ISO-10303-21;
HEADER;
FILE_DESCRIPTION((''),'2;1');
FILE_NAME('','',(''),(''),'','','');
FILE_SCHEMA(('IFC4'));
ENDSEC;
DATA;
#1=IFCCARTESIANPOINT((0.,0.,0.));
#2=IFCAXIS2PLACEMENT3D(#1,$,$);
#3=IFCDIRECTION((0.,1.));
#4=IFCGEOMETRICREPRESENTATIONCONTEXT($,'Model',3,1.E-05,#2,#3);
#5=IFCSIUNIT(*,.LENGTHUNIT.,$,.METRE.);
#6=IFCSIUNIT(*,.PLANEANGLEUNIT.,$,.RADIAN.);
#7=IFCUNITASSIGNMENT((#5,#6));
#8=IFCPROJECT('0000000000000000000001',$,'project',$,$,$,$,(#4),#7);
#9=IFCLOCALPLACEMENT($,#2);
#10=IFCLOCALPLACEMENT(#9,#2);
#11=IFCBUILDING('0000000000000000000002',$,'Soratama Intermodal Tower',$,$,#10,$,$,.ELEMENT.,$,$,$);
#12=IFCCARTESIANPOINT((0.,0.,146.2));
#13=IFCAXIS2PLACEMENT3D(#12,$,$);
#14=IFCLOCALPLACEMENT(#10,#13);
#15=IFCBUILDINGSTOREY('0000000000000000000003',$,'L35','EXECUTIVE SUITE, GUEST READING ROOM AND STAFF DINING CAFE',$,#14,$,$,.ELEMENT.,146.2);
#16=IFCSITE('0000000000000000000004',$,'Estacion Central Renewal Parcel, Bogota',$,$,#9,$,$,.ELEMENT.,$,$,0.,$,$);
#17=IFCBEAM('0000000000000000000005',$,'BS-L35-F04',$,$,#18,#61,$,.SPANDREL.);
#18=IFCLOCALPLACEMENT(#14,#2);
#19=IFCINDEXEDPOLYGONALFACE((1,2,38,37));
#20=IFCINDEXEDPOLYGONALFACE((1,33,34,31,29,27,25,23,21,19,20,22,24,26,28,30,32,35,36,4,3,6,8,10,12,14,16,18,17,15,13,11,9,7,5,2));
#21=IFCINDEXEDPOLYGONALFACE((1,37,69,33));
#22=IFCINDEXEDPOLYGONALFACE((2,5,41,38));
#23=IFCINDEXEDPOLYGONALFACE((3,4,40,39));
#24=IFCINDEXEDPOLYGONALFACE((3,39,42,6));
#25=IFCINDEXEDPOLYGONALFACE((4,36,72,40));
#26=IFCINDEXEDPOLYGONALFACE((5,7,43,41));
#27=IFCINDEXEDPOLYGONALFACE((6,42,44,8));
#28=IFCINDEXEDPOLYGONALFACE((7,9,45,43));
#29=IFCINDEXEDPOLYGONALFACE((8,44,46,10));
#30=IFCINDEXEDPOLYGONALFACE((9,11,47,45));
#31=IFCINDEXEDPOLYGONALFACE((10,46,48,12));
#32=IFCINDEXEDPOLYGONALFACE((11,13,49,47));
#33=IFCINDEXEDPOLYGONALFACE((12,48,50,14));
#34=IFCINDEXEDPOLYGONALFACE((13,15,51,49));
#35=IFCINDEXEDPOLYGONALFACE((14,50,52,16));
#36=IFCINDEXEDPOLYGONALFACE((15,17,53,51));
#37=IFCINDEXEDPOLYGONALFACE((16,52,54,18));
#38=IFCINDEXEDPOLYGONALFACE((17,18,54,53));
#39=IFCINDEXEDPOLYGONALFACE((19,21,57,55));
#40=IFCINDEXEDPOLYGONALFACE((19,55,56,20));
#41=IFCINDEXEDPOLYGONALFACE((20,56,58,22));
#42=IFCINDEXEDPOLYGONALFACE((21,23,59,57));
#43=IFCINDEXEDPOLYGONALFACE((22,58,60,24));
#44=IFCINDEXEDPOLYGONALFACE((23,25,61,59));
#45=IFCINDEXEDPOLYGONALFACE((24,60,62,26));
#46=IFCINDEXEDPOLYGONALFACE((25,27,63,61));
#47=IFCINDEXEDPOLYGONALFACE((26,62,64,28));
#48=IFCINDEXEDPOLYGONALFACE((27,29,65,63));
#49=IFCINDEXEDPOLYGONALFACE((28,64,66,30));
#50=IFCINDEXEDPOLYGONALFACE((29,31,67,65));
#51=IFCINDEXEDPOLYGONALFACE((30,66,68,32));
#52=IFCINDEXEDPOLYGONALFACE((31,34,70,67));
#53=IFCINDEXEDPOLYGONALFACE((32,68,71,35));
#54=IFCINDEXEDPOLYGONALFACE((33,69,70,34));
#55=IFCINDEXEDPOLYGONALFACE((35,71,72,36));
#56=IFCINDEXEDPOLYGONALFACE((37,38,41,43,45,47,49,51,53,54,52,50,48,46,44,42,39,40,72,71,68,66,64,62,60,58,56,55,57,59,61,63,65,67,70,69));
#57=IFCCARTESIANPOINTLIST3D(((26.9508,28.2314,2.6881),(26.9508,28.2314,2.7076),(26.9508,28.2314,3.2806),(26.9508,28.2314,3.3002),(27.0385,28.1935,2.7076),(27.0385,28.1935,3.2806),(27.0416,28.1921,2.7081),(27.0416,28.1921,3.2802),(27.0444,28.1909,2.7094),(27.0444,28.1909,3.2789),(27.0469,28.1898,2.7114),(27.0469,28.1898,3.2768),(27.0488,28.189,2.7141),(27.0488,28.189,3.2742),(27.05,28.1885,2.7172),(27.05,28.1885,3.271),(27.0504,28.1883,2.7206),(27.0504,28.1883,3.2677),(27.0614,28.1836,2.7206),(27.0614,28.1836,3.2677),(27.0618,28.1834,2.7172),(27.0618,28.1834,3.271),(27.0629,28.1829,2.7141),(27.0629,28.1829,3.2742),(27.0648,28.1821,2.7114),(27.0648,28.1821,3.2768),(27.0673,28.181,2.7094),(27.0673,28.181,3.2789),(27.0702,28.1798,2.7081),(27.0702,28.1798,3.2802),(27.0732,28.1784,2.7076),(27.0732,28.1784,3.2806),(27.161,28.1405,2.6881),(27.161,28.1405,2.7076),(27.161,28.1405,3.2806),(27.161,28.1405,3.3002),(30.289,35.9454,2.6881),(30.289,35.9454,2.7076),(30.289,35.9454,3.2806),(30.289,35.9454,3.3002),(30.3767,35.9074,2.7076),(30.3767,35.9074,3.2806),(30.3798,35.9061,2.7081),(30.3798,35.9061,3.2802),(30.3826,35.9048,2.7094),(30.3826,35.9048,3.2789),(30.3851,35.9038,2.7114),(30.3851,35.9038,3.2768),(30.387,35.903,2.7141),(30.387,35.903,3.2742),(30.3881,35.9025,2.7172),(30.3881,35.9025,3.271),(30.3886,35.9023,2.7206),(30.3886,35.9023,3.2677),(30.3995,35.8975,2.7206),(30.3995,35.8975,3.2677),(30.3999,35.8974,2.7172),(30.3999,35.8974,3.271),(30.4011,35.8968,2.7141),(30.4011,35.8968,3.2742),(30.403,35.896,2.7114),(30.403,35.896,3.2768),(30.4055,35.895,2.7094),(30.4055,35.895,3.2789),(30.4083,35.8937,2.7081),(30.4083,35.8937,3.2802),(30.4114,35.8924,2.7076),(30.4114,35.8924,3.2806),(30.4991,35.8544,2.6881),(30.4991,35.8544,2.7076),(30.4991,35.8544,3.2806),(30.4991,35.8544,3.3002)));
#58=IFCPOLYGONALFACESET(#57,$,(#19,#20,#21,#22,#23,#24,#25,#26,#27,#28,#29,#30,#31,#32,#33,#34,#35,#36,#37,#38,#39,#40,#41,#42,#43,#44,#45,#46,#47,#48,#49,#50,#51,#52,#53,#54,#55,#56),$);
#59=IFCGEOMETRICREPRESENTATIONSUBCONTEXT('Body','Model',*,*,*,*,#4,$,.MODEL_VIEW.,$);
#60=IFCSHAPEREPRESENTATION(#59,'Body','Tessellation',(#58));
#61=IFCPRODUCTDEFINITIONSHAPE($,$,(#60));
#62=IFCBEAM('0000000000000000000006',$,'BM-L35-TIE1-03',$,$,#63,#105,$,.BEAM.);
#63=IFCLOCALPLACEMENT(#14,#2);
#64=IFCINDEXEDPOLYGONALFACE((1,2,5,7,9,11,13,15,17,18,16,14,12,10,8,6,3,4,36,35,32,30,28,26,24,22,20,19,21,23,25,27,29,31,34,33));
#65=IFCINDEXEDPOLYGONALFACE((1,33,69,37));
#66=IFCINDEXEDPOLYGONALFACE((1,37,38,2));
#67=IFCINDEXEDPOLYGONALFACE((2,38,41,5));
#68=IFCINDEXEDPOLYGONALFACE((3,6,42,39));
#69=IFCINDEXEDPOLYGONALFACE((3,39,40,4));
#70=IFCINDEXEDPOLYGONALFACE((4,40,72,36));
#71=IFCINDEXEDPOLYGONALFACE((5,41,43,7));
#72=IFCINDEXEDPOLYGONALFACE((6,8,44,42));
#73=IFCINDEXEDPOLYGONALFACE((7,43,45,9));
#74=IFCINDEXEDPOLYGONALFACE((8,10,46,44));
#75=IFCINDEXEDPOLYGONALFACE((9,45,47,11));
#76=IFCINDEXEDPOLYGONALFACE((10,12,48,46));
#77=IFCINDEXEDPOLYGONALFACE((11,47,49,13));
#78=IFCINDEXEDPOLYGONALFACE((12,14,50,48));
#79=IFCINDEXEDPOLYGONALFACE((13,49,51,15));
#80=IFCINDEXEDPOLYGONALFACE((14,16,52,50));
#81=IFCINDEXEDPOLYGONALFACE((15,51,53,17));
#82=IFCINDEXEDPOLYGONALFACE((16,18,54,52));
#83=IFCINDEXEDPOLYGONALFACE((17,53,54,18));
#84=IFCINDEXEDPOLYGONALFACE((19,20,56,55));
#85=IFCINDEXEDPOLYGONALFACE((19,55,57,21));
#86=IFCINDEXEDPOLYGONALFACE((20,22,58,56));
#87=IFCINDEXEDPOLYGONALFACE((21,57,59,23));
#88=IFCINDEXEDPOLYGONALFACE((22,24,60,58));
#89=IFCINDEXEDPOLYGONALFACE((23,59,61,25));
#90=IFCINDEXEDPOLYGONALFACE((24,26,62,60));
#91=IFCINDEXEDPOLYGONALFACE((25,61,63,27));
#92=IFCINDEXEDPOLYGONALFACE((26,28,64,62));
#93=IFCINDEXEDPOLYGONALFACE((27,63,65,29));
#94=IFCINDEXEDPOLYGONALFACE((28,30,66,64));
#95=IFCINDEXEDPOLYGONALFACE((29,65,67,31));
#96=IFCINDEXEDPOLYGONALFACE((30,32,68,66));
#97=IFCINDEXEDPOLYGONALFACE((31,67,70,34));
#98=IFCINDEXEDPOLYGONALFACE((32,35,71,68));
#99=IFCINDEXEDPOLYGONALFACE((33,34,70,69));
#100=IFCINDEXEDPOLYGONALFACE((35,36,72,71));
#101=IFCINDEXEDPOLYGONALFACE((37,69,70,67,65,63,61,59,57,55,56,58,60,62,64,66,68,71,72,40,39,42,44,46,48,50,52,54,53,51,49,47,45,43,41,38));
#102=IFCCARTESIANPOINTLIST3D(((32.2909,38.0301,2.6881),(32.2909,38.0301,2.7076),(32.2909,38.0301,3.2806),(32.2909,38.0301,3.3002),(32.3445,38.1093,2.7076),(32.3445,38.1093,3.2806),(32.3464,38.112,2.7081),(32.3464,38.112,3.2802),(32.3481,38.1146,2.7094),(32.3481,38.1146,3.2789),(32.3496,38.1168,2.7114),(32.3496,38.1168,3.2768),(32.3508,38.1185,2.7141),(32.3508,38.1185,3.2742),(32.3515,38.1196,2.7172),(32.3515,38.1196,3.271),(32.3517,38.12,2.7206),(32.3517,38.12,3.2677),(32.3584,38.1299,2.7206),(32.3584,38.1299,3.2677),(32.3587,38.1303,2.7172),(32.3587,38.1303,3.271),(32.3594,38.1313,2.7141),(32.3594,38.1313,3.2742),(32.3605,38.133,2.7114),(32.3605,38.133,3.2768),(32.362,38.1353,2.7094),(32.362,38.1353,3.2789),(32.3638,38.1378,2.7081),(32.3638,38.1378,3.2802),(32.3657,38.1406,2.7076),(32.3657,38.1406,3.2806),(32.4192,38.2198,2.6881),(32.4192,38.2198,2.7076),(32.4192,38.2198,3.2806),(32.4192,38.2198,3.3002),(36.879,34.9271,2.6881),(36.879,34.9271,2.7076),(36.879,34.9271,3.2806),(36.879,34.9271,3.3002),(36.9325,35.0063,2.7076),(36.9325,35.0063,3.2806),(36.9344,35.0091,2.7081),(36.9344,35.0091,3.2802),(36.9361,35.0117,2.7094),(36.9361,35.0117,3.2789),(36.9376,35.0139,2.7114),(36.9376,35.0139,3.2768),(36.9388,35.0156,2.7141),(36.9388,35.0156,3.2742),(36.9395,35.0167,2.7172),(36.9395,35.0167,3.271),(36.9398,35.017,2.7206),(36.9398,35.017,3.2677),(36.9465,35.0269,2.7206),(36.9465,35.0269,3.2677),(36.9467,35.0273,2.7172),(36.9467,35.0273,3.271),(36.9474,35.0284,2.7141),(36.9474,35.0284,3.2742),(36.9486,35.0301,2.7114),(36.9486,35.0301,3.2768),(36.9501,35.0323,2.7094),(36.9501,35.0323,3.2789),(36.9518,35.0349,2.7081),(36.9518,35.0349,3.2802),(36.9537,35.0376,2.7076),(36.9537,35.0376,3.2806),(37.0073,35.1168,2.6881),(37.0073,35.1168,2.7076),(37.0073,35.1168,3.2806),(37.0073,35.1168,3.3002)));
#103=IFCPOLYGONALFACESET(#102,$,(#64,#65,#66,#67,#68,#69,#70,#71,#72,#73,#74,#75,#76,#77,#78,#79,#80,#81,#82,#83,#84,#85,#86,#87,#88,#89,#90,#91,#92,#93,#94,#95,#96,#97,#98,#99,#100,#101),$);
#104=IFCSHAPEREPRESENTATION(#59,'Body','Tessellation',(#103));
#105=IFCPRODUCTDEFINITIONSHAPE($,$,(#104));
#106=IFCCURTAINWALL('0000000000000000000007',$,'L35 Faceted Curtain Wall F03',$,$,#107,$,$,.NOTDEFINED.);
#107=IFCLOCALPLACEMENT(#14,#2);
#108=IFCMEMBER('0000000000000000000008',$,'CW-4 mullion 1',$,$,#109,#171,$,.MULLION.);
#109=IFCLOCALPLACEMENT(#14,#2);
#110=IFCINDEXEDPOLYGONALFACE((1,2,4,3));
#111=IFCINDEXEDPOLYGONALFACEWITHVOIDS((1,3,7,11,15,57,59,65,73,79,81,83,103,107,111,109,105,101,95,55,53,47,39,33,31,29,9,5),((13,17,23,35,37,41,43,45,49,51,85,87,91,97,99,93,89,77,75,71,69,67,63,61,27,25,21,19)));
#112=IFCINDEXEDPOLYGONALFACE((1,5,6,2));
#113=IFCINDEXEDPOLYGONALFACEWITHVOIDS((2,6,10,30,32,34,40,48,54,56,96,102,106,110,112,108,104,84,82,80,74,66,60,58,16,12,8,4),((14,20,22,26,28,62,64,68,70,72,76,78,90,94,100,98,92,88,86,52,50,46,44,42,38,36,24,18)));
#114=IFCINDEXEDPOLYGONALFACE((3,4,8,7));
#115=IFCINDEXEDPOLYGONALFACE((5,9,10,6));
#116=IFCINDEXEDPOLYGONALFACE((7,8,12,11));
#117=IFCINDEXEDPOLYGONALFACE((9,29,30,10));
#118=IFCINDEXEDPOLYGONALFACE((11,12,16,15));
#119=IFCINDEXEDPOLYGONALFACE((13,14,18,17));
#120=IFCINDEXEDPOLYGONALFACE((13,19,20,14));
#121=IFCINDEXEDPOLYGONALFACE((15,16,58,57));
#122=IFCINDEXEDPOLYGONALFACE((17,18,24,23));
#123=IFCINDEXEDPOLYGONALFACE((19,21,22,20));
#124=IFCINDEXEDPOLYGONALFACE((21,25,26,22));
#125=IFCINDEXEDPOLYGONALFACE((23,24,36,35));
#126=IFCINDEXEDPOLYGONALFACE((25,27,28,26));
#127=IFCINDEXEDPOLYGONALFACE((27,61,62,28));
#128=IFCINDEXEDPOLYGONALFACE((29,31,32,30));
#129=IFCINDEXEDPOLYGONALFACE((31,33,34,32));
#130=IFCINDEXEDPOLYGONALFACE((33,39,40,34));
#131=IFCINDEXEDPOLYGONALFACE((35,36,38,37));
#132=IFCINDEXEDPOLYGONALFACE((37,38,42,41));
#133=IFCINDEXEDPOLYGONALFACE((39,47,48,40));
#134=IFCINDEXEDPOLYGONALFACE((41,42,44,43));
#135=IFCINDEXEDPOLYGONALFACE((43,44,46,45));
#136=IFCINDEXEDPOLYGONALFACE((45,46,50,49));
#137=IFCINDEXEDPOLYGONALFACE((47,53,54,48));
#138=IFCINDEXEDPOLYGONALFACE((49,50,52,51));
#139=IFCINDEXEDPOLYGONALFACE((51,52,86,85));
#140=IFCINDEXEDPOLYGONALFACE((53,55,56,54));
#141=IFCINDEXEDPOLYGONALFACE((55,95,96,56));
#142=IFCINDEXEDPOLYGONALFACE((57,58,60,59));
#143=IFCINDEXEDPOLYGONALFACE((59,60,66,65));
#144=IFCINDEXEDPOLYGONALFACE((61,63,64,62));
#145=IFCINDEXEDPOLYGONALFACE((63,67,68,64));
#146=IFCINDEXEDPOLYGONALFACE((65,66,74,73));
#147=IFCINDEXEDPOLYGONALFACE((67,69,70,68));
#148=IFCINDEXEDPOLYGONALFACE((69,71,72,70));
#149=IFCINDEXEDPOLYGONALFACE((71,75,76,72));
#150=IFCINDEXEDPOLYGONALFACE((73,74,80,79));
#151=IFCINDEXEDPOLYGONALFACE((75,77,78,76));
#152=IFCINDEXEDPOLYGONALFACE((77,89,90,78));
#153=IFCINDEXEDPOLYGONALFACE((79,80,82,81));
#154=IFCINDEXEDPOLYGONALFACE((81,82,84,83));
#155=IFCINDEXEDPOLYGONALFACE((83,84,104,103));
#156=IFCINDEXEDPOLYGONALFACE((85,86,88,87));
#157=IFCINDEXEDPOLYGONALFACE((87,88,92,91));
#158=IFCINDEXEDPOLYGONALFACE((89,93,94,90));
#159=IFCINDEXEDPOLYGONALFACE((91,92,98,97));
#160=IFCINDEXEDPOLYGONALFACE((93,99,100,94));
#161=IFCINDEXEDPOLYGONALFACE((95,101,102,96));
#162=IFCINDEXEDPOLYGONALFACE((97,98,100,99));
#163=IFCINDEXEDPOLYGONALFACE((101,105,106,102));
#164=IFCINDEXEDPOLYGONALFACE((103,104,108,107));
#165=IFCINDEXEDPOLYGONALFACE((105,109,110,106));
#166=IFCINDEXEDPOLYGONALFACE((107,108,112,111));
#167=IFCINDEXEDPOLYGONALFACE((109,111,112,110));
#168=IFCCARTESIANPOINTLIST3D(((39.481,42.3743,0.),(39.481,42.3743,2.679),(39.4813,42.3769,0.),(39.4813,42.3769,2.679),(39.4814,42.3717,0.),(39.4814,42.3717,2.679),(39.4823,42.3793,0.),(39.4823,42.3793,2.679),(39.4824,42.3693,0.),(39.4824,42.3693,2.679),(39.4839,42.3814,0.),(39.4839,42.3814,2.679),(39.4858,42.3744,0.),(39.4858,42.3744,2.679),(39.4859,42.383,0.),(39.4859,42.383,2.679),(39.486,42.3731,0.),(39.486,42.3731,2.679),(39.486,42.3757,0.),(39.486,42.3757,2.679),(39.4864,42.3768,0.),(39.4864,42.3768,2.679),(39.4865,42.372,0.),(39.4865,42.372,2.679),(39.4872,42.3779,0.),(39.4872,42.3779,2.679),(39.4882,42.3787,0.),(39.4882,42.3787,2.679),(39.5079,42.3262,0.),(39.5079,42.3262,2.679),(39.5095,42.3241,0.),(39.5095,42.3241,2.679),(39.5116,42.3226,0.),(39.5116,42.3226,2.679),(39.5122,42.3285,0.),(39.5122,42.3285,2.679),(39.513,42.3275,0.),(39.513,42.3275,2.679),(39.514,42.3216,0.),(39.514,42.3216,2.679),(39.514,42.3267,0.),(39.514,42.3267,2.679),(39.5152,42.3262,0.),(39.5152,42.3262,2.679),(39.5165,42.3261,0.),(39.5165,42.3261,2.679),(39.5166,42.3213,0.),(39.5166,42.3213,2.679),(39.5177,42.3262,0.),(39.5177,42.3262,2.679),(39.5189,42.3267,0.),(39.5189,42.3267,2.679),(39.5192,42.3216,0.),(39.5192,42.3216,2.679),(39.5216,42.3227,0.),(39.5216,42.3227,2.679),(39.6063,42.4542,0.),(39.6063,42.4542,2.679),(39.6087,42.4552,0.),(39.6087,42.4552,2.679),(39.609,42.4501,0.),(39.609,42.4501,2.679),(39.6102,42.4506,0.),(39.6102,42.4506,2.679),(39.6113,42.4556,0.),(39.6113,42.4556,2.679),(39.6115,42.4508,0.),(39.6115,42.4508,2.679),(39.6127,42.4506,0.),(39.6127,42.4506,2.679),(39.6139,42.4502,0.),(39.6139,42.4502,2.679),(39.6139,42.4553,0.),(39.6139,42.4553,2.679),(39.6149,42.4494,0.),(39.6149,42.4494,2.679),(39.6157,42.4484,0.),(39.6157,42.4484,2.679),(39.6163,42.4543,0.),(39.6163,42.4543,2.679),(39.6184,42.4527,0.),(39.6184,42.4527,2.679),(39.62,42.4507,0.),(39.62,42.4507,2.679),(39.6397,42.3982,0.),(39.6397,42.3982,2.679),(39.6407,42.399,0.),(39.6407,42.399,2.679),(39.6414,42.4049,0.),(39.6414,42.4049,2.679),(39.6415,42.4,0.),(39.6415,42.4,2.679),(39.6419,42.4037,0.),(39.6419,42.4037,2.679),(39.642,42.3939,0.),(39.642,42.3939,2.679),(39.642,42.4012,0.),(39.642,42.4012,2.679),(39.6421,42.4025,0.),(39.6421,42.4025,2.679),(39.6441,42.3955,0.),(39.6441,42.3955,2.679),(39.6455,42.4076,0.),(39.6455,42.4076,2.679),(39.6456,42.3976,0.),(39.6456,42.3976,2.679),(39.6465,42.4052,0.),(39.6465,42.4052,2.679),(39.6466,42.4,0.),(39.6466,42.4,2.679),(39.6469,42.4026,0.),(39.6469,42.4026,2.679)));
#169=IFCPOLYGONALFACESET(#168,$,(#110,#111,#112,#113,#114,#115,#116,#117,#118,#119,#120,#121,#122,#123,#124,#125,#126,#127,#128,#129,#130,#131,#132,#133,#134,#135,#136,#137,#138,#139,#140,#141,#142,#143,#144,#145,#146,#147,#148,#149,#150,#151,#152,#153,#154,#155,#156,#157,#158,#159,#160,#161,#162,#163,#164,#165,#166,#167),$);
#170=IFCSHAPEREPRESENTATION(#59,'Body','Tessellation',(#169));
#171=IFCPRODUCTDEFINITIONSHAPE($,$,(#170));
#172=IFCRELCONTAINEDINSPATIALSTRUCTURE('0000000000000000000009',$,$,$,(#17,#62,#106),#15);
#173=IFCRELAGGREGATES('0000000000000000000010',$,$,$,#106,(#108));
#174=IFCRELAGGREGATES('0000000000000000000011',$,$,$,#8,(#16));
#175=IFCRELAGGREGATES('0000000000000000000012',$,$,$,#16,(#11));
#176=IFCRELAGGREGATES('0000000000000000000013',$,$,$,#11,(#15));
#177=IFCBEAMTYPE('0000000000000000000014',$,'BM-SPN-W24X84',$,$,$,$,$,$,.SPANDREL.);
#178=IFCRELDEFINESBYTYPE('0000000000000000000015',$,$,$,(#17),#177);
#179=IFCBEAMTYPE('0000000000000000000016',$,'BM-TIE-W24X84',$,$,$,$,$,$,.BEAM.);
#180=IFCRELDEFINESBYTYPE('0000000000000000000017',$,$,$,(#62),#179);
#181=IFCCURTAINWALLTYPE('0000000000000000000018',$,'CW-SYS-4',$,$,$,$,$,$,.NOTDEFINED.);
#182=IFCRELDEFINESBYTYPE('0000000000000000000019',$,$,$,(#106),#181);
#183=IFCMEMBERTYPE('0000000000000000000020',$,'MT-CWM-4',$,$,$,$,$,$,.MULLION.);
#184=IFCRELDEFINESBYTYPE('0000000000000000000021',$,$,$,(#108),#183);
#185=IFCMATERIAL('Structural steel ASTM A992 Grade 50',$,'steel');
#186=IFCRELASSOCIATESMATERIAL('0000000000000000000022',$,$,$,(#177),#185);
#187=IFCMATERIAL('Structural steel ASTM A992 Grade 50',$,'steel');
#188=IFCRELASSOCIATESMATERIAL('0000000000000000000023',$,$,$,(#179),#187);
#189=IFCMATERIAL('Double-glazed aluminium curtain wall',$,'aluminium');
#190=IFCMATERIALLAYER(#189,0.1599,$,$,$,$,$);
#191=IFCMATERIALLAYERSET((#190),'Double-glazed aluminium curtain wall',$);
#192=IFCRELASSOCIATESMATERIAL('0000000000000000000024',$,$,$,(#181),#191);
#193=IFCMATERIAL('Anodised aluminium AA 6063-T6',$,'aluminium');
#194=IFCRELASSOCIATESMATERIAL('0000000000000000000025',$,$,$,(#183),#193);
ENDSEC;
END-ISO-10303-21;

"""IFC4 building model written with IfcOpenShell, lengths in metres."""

from ifc_helpers import new_model, si_unit, direction, frame, origin, origin_2d, place, context, subcontext, project, spatial, hollow_rectangle, i_section, extrude, material, layer, layer_set, material_profile, profile_set, type_object, element, aggregate, save


model = new_model("IFC4")

# Units and contexts
model_context = context("Model", 3, precision=1e-05, world=origin(), true_north=direction((0.0, 1.0)))
body_context = subcontext(model_context, "Body", "Model", "MODEL_VIEW")
ifc_project = project(units=[si_unit("LENGTHUNIT", "METRE"), si_unit("PLANEANGLEUNIT", "RADIAN")], contexts=[model_context])

# Site, building, storey
site_placement = place(None, origin())
site = spatial("IfcSite", under=ifc_project, at=site_placement, Name="Estacion Central Renewal Parcel, Bogota", CompositionType="ELEMENT", RefElevation=0.0)
building_placement = place(site_placement, origin())
building = spatial("IfcBuilding", under=site, at=building_placement, Name="Soratama Intermodal Tower", CompositionType="ELEMENT")
storey_placement = place(building_placement, frame((0.0, 0.0, 146.2)))
storey = spatial("IfcBuildingStorey", under=building, at=storey_placement, Name="L35", Description="EXECUTIVE SUITE, GUEST READING ROOM AND STAFF DINING CAFE", CompositionType="ELEMENT", Elevation=146.2)

# Beams
ifc_material_1 = material(Name="Structural steel ASTM A992 Grade 50", Category="steel")
ifc_material_profile_1 = material_profile(ifc_material_1, i_section(OverallWidth=0.229, OverallDepth=0.6121, WebThickness=0.012, FlangeThickness=0.0195, FilletRadius=0.0129, at=origin_2d()), Name="W24X84")
ifc_profile_set_1 = profile_set([ifc_material_profile_1], Name="Structural steel ASTM A992 Grade 50")
beam_type_1 = type_object("IfcBeamType", Name="BM-SPN-W24X84", PredefinedType="SPANDREL", material=ifc_profile_set_1)
beam_1_placement = place(storey_placement, frame((30.394, 35.8999, 2.9941), z_axis=(-0.397153, -0.917753, 0.0), x_axis=(0.917753, -0.397153, 0.0)))
element("IfcBeam", 1, at=beam_1_placement, inside=storey, type_object=beam_type_1, Name="BS-L35-F04", PredefinedType="SPANDREL", context=body_context, shape_type="SweptSolid", body=[
    extrude(i_section(OverallWidth=0.229, OverallDepth=0.6121, WebThickness=0.012, FlangeThickness=0.0195, FilletRadius=0.0129, at=origin_2d()), origin(), (0.0, 0.0, 1.0), 8.4053),
])
ifc_material_2 = material(Name="Structural steel ASTM A992 Grade 50", Category="steel")
ifc_material_profile_2 = material_profile(ifc_material_2, i_section(OverallWidth=0.229, OverallDepth=0.6121, WebThickness=0.012, FlangeThickness=0.0195, FilletRadius=0.0129, at=origin_2d()), Name="W24X84")
ifc_profile_set_2 = profile_set([ifc_material_profile_2], Name="Structural steel ASTM A992 Grade 50")
beam_type_2 = type_object("IfcBeamType", Name="BM-TIE-W24X84", PredefinedType="BEAM", material=ifc_profile_set_2)
beam_2_placement = place(storey_placement, frame((36.9431, 35.022, 2.9941), z_axis=(-0.828343, 0.560221, 0.0), x_axis=(-0.560221, -0.828343, 0.0)))
element("IfcBeam", 2, at=beam_2_placement, inside=storey, type_object=beam_type_2, Name="BM-L35-TIE1-03", PredefinedType="BEAM", context=body_context, shape_type="SweptSolid", body=[
    extrude(i_section(OverallWidth=0.229, OverallDepth=0.6121, WebThickness=0.012, FlangeThickness=0.0195, FilletRadius=0.0129, at=origin_2d()), origin(), (0.0, 0.0, 1.0), 5.5388),
])

# Curtain wall, member
ifc_material_3 = material(Name="Double-glazed aluminium curtain wall", Category="aluminium")
ifc_layer_1 = layer(ifc_material_3, 0.1599)
ifc_layer_set_1 = layer_set([ifc_layer_1], Name="Double-glazed aluminium curtain wall")
curtain_wall_type = type_object("IfcCurtainWallType", Name="CW-SYS-4", PredefinedType="NOTDEFINED", material=ifc_layer_set_1)
curtain_wall_1_placement = place(storey_placement, origin())
curtain_wall_1 = element("IfcCurtainWall", 3, at=curtain_wall_1_placement, inside=storey, type_object=curtain_wall_type, Name="L35 Faceted Curtain Wall F03", PredefinedType="NOTDEFINED")
ifc_material_4 = material(Name="Anodised aluminium AA 6063-T6", Category="aluminium")
ifc_material_profile_3 = material_profile(ifc_material_4, hollow_rectangle(XDim=0.0701, YDim=0.1599, WallThickness=0.0049, InnerFilletRadius=0.0049, OuterFilletRadius=0.01, at=origin_2d()), Name="CWM160X70X5")
ifc_profile_set_3 = profile_set([ifc_material_profile_3], Name="Anodised aluminium AA 6063-T6")
member_type_1 = type_object("IfcMemberType", Name="MT-CWM-4", PredefinedType="MULLION", material=ifc_profile_set_3)
member_1_placement = place(storey_placement, frame((39.564, 42.3884, 0.0), z_axis=(0.0, 0.0, 1.0), x_axis=(0.509044, -0.860741, 0.0)))
member_1 = element("IfcMember", 4, at=member_1_placement, type_object=member_type_1, Name="CW-4 mullion 1", PredefinedType="MULLION", context=body_context, shape_type="SweptSolid", body=[
    extrude(hollow_rectangle(XDim=0.0701, YDim=0.1599, WallThickness=0.0049, InnerFilletRadius=0.0049, OuterFilletRadius=0.01, at=origin_2d()), origin(), (0.0, 0.0, 1.0), 2.679),
])

aggregate(curtain_wall_1, [member_1])

save(model, "model.ifc")
